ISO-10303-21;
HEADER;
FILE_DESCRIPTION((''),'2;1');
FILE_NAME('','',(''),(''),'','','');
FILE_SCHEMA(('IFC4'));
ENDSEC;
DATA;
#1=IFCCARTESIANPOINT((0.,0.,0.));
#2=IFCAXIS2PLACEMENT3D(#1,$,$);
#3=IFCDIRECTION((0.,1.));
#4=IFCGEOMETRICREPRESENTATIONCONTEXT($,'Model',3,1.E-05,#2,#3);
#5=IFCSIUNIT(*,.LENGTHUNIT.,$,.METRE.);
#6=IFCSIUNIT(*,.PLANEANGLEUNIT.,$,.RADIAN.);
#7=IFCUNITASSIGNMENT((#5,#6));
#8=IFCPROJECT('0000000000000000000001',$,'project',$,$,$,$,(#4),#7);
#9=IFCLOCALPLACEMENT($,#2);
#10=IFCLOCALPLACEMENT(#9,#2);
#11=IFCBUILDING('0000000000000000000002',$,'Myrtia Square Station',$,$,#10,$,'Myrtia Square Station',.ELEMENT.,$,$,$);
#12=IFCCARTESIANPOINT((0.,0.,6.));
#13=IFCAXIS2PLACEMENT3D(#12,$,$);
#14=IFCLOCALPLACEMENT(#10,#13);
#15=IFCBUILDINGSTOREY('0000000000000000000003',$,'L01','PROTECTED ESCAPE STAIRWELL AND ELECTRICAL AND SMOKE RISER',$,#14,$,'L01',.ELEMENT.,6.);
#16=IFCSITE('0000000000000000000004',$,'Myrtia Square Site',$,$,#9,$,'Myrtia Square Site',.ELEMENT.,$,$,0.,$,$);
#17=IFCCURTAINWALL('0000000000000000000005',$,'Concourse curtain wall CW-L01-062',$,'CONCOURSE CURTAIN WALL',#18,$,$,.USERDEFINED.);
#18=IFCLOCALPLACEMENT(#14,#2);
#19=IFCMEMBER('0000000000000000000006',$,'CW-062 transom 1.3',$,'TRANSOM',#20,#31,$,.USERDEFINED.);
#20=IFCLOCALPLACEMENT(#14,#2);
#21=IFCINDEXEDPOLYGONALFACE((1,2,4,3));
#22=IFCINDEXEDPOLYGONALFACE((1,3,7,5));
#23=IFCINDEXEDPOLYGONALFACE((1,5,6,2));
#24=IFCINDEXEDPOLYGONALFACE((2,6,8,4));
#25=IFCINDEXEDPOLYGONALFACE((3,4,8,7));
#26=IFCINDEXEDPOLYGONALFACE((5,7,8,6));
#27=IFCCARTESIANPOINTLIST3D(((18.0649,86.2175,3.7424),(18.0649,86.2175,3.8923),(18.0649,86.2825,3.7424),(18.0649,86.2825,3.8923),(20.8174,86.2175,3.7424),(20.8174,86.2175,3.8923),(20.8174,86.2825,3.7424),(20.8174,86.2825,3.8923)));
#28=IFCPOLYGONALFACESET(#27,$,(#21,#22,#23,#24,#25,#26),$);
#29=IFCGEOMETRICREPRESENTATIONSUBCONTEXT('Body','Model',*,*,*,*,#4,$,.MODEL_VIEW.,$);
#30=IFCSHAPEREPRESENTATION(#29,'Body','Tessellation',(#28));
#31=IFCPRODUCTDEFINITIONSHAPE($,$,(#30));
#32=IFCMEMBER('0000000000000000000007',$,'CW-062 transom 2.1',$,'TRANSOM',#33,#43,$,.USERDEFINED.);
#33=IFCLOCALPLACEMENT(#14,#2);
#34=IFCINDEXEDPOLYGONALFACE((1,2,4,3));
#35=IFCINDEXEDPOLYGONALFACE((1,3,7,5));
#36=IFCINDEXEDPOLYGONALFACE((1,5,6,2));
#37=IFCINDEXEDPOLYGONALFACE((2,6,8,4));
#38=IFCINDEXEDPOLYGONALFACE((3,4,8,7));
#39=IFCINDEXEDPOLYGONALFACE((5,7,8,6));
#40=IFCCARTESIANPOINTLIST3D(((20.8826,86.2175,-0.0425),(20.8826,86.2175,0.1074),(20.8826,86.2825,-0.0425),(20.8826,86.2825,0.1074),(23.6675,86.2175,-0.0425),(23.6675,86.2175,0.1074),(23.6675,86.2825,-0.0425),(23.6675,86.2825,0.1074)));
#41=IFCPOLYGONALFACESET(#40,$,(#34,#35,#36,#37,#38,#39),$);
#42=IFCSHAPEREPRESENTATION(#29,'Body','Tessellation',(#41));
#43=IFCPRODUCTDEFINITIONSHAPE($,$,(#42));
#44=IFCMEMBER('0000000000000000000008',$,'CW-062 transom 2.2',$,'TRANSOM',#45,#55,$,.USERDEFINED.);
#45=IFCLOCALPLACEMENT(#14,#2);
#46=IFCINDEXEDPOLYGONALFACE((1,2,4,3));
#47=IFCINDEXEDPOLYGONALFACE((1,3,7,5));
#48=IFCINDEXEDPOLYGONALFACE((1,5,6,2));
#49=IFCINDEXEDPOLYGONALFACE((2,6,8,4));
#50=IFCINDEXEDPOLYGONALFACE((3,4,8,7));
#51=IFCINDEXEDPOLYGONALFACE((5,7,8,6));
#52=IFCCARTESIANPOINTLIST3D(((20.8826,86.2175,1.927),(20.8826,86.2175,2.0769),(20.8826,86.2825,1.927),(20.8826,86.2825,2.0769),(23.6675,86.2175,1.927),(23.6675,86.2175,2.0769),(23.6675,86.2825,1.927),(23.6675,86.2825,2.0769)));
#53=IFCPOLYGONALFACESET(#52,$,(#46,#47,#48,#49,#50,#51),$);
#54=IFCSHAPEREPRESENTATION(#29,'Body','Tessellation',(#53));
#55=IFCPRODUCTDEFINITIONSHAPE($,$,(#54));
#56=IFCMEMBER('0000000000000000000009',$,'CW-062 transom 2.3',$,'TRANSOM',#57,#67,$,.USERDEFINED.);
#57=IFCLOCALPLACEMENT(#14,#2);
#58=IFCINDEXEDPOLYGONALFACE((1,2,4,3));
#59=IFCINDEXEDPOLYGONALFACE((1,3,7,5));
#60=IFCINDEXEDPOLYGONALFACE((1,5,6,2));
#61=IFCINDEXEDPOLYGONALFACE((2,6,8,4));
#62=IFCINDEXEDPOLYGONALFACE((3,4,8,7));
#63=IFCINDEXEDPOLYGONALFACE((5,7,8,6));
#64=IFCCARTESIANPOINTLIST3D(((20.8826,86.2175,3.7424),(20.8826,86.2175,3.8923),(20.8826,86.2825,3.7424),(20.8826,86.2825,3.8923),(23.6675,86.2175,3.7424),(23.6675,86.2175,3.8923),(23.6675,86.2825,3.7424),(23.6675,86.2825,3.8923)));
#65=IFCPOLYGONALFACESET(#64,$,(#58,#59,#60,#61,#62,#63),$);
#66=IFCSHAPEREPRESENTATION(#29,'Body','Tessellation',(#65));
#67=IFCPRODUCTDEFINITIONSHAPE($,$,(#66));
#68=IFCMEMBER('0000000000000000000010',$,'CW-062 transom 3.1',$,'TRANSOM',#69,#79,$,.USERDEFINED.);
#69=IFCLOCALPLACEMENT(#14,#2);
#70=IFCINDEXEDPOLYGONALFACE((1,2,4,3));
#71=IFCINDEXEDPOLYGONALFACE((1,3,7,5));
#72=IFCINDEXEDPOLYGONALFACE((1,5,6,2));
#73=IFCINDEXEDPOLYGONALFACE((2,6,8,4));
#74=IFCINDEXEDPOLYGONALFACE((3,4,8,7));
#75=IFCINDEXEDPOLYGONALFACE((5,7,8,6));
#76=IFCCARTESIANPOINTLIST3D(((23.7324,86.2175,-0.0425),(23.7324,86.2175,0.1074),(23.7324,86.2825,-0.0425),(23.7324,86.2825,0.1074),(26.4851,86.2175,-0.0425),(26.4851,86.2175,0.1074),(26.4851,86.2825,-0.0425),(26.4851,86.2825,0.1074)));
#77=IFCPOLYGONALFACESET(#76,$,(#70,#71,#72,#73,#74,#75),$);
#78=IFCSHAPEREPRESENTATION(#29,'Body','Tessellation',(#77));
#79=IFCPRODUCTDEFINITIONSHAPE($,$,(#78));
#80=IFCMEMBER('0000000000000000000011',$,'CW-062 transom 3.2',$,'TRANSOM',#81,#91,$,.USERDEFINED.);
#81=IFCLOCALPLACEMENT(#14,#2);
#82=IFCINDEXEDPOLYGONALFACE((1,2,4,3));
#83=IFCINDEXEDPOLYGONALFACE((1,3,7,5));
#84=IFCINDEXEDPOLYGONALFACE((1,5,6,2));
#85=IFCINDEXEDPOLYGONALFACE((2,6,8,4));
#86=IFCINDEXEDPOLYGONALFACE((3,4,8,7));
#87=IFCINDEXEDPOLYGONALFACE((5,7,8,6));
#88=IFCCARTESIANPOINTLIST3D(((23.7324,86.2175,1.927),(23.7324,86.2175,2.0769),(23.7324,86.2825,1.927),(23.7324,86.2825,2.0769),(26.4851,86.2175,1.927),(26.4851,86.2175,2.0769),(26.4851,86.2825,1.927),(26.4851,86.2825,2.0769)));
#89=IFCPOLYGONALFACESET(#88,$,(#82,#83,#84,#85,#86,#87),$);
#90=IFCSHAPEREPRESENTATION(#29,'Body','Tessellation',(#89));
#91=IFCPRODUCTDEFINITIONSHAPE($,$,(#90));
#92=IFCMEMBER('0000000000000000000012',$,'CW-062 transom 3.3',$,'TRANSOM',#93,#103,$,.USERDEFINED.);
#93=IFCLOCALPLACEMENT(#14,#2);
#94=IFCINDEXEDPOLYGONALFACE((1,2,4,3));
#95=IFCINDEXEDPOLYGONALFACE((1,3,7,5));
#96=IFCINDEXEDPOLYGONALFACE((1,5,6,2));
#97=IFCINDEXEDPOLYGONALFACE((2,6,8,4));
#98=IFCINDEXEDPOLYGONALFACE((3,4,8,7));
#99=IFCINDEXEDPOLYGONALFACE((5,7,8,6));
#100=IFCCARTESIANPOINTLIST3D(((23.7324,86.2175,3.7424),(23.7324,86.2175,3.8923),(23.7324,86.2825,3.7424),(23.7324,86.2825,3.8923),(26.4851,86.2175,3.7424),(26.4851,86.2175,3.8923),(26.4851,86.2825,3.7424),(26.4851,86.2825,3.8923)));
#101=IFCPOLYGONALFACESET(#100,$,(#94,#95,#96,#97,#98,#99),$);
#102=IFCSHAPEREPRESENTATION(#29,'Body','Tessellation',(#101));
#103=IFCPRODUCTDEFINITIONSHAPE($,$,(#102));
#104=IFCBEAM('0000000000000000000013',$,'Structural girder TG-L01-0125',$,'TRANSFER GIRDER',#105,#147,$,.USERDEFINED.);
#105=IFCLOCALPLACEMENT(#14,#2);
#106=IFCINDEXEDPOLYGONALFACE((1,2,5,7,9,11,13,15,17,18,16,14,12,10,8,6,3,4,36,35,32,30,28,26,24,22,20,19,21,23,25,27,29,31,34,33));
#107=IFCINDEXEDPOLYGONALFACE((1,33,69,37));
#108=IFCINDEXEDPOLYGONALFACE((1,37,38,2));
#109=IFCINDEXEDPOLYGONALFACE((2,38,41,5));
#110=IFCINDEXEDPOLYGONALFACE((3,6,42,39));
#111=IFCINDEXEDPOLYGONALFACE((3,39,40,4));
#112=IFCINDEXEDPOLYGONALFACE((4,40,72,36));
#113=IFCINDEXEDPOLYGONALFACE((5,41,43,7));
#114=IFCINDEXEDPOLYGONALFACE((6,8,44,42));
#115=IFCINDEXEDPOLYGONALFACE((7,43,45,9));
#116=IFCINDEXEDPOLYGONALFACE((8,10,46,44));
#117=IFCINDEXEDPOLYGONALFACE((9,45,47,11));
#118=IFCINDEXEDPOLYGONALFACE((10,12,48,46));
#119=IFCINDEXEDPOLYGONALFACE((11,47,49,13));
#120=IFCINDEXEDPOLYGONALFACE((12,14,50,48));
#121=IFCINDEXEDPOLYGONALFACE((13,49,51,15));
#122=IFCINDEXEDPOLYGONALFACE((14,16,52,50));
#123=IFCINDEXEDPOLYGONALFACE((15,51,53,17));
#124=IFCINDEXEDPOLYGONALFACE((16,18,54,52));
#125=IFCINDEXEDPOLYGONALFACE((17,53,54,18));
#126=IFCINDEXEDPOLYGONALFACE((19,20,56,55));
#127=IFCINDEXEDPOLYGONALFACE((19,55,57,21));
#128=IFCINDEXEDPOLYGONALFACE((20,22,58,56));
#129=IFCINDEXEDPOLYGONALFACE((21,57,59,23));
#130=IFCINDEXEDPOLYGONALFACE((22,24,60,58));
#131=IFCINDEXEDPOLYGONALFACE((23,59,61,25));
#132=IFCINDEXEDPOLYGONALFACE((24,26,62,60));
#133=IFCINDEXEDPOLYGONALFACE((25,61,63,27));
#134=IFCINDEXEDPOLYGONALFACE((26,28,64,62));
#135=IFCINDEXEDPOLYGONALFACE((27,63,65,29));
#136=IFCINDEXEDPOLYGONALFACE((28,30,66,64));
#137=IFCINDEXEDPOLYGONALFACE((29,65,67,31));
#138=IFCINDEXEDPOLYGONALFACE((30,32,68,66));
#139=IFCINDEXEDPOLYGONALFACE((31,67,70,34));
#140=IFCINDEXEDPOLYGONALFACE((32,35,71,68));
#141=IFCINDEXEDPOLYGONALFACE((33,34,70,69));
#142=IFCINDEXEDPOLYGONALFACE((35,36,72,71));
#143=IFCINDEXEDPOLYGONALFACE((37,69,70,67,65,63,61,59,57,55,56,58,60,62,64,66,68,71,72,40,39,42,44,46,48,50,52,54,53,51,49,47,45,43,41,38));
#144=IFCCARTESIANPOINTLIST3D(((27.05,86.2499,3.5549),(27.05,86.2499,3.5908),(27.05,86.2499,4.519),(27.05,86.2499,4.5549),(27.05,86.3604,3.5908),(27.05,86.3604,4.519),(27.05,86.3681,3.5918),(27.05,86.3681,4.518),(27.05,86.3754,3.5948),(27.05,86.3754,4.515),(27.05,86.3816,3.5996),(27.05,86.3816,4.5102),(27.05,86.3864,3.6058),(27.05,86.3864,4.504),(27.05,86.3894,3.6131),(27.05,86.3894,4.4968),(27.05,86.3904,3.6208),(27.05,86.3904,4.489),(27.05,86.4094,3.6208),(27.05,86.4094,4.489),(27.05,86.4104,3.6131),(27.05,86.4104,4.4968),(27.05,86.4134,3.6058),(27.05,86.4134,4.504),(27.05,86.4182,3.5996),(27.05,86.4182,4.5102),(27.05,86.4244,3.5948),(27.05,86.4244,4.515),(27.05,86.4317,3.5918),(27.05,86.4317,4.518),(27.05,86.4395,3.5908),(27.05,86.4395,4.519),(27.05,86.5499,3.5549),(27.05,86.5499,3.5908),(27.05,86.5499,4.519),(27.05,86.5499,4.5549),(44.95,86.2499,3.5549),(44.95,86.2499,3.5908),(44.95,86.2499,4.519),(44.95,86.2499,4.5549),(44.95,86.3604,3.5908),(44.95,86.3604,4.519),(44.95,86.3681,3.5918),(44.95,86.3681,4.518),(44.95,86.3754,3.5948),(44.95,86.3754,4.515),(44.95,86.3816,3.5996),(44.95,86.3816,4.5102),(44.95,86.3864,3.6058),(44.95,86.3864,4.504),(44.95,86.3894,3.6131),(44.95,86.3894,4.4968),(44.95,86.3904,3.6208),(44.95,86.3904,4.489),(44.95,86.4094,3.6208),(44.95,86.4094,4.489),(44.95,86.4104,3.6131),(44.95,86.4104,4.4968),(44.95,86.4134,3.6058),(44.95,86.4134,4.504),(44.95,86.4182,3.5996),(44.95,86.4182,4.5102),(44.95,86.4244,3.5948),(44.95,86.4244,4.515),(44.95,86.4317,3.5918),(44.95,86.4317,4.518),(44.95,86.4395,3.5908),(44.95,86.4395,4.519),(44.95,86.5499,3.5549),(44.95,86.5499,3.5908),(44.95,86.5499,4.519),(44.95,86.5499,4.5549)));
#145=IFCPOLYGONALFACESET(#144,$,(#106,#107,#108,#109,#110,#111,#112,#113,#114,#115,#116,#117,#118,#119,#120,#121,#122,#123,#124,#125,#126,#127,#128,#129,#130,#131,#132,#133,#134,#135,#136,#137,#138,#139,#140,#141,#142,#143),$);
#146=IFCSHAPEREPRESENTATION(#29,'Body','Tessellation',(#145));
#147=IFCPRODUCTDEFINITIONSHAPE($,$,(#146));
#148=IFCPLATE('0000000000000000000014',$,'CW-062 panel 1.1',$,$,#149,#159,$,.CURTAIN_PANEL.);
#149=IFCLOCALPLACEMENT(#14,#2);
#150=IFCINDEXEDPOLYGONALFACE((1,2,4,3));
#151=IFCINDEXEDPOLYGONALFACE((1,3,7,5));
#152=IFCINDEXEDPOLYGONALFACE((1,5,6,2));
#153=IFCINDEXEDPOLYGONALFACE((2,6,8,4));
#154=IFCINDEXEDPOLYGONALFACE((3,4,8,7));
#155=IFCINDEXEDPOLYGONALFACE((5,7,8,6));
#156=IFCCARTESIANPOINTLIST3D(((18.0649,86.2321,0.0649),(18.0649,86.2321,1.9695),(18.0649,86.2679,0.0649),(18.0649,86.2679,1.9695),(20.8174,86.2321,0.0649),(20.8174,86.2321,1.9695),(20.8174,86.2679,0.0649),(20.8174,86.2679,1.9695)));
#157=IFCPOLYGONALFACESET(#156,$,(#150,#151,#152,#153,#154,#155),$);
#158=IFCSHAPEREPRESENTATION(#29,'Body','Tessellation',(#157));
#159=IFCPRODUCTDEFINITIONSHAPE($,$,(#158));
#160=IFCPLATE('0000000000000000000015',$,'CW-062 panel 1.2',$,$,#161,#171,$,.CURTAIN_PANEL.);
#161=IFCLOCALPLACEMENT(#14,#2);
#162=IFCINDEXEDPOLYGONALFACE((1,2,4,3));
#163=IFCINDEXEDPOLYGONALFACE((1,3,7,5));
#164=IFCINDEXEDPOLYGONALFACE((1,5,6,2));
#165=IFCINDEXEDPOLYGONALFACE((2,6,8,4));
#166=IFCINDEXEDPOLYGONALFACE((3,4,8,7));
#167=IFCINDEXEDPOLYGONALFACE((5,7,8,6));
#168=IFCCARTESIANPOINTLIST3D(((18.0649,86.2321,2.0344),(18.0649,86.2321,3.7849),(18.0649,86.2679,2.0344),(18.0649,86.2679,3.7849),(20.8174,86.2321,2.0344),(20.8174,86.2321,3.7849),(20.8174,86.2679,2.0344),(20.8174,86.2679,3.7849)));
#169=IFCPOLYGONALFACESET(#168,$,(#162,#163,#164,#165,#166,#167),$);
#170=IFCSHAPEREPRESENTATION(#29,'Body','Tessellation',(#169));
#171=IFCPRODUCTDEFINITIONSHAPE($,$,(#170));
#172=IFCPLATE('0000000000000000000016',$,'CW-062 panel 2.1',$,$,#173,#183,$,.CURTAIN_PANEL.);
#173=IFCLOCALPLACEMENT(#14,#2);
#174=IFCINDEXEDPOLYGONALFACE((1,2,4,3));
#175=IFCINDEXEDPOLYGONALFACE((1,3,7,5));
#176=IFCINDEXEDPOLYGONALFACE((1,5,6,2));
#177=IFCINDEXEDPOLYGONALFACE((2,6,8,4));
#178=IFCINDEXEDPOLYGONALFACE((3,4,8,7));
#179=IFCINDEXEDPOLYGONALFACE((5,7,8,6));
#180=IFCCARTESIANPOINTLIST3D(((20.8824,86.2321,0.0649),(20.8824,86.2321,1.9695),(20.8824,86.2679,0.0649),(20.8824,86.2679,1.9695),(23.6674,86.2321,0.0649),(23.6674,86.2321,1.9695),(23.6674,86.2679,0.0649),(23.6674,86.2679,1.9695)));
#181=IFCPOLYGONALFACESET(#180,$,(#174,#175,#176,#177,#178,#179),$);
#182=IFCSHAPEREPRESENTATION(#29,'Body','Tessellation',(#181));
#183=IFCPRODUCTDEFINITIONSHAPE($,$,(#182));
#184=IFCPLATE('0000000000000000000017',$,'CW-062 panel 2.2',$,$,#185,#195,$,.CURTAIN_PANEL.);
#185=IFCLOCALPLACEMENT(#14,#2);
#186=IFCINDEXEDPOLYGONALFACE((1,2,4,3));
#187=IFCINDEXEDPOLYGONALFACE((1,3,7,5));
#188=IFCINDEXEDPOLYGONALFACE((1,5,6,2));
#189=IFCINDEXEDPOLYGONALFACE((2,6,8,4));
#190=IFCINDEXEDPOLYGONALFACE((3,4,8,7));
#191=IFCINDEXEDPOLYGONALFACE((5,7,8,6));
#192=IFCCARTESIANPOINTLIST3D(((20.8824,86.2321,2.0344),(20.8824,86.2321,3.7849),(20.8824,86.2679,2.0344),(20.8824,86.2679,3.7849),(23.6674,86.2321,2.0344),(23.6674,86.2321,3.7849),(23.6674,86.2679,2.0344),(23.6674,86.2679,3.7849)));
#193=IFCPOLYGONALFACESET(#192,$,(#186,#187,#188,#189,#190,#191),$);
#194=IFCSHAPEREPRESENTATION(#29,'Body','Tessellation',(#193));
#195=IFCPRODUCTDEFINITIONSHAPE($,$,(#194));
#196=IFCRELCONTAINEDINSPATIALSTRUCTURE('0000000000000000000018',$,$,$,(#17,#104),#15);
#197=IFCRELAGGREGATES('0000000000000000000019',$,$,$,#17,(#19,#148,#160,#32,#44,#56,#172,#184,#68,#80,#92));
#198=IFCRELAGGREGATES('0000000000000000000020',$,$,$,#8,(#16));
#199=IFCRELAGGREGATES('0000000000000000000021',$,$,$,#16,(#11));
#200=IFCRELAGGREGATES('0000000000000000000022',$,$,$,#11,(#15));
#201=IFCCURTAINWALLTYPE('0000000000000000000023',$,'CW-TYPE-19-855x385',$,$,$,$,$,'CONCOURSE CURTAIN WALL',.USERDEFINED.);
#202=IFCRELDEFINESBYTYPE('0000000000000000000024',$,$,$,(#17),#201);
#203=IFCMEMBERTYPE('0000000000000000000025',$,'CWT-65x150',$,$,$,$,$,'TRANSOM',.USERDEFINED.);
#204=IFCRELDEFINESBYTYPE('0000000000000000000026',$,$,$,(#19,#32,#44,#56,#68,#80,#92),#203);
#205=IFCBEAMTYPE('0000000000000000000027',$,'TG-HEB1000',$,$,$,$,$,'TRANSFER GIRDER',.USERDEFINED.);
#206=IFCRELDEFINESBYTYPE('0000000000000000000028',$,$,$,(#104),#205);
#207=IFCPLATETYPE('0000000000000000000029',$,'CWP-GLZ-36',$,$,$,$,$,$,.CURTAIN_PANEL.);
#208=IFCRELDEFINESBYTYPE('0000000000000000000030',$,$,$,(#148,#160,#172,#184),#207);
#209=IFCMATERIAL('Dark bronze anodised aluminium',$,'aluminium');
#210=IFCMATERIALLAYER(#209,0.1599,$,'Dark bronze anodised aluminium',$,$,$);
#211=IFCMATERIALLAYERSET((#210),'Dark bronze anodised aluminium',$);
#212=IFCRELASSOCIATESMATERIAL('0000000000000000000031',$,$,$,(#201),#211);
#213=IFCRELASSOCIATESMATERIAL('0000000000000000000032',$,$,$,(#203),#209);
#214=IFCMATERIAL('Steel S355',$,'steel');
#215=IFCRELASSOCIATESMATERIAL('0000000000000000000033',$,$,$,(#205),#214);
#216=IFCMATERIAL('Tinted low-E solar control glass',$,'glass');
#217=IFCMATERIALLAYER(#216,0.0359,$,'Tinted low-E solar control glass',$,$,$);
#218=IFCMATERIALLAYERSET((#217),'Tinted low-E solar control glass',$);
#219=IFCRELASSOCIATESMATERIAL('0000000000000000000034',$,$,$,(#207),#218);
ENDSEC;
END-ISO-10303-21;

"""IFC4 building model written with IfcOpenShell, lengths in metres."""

from ifc_helpers import new_model, si_unit, direction, frame, origin, origin_2d, place, context, subcontext, project, spatial, rectangle, i_section, extrude, material, layer, layer_set, material_profile, profile_set, type_object, element, aggregate, save


model = new_model("IFC4")

# Units and contexts
model_context = context("Model", 3, precision=1e-05, world=origin(), true_north=direction((0.0, 1.0)))
body_context = subcontext(model_context, "Body", "Model", "MODEL_VIEW")
ifc_project = project(units=[si_unit("LENGTHUNIT", "METRE"), si_unit("PLANEANGLEUNIT", "RADIAN")], contexts=[model_context])

# Site, building, storey
site_placement = place(None, origin())
site = spatial("IfcSite", under=ifc_project, at=site_placement, Name="Myrtia Square Site", LongName="Myrtia Square Site", CompositionType="ELEMENT", RefElevation=0.0)
building_placement = place(site_placement, origin())
building = spatial("IfcBuilding", under=site, at=building_placement, Name="Myrtia Square Station", LongName="Myrtia Square Station", CompositionType="ELEMENT")
storey_placement = place(building_placement, frame((0.0, 0.0, 6.0)))
storey = spatial("IfcBuildingStorey", under=building, at=storey_placement, Name="L01", Description="PROTECTED ESCAPE STAIRWELL AND ELECTRICAL AND SMOKE RISER", LongName="L01", CompositionType="ELEMENT", Elevation=6.0)

# Shared definitions
ifc_material_1 = material(Name="Steel S355", Category="steel")

# Curtain wall, members
ifc_material_2 = material(Name="Dark bronze anodised aluminium", Category="aluminium")
ifc_layer_1 = layer(ifc_material_2, 0.1599, Name="Dark bronze anodised aluminium")
ifc_layer_set_1 = layer_set([ifc_layer_1], Name="Dark bronze anodised aluminium")
curtain_wall_type = type_object("IfcCurtainWallType", Name="CW-TYPE-19-855x385", ElementType="CONCOURSE CURTAIN WALL", PredefinedType="USERDEFINED", material=ifc_layer_set_1)
curtain_wall_placement = place(storey_placement, origin())
curtain_wall = element("IfcCurtainWall", 1, at=curtain_wall_placement, inside=storey, type_object=curtain_wall_type, Name="Concourse curtain wall CW-L01-062", ObjectType="CONCOURSE CURTAIN WALL", PredefinedType="USERDEFINED")
ifc_material_profile_1 = material_profile(ifc_material_2, rectangle(XDim=0.0649, YDim=0.1499, at=origin_2d()), Name="ALU-T 65x150")
ifc_profile_set_1 = profile_set([ifc_material_profile_1], Name="Dark bronze anodised aluminium")
member_type_1 = type_object("IfcMemberType", Name="CWT-65x150", ElementType="TRANSOM", PredefinedType="USERDEFINED", material=ifc_profile_set_1)
member_1_placement = place(storey_placement, frame((18.0649, 86.25, 3.8174), z_axis=(1.0, 0.0, 0.0), x_axis=(0.0, 1.0, 0.0)))
member_1 = element("IfcMember", 2, at=member_1_placement, type_object=member_type_1, Name="CW-062 transom 1.3", ObjectType="TRANSOM", PredefinedType="USERDEFINED", context=body_context, shape_type="SweptSolid", body=[
    extrude(rectangle(XDim=0.0649, YDim=0.1499, at=origin_2d()), origin(), (0.0, 0.0, 1.0), 2.7524),
])
member_2_placement = place(storey_placement, frame((20.8826, 86.25, 0.0325), z_axis=(1.0, 0.0, 0.0), x_axis=(0.0, 1.0, 0.0)))
member_2 = element("IfcMember", 3, at=member_2_placement, type_object=member_type_1, Name="CW-062 transom 2.1", ObjectType="TRANSOM", PredefinedType="USERDEFINED", context=body_context, shape_type="SweptSolid", body=[
    extrude(rectangle(XDim=0.0649, YDim=0.1499, at=origin_2d()), origin(), (0.0, 0.0, 1.0), 2.7849),
])
member_3_placement = place(storey_placement, frame((20.8826, 86.25, 2.002), z_axis=(1.0, 0.0, 0.0), x_axis=(0.0, 1.0, 0.0)))
member_3 = element("IfcMember", 4, at=member_3_placement, type_object=member_type_1, Name="CW-062 transom 2.2", ObjectType="TRANSOM", PredefinedType="USERDEFINED", context=body_context, shape_type="SweptSolid", body=[
    extrude(rectangle(XDim=0.0649, YDim=0.1499, at=origin_2d()), origin(), (0.0, 0.0, 1.0), 2.7849),
])
member_4_placement = place(storey_placement, frame((20.8826, 86.25, 3.8174), z_axis=(1.0, 0.0, 0.0), x_axis=(0.0, 1.0, 0.0)))
member_4 = element("IfcMember", 5, at=member_4_placement, type_object=member_type_1, Name="CW-062 transom 2.3", ObjectType="TRANSOM", PredefinedType="USERDEFINED", context=body_context, shape_type="SweptSolid", body=[
    extrude(rectangle(XDim=0.0649, YDim=0.1499, at=origin_2d()), origin(), (0.0, 0.0, 1.0), 2.7849),
])
member_5_placement = place(storey_placement, frame((23.7324, 86.25, 0.0325), z_axis=(1.0, 0.0, 0.0), x_axis=(0.0, 1.0, 0.0)))
member_5 = element("IfcMember", 6, at=member_5_placement, type_object=member_type_1, Name="CW-062 transom 3.1", ObjectType="TRANSOM", PredefinedType="USERDEFINED", context=body_context, shape_type="SweptSolid", body=[
    extrude(rectangle(XDim=0.0649, YDim=0.1499, at=origin_2d()), origin(), (0.0, 0.0, 1.0), 2.7527),
])
member_6_placement = place(storey_placement, frame((23.7324, 86.25, 2.002), z_axis=(1.0, 0.0, 0.0), x_axis=(0.0, 1.0, 0.0)))
member_6 = element("IfcMember", 7, at=member_6_placement, type_object=member_type_1, Name="CW-062 transom 3.2", ObjectType="TRANSOM", PredefinedType="USERDEFINED", context=body_context, shape_type="SweptSolid", body=[
    extrude(rectangle(XDim=0.0649, YDim=0.1499, at=origin_2d()), origin(), (0.0, 0.0, 1.0), 2.7527),
])
member_7_placement = place(storey_placement, frame((23.7324, 86.25, 3.8174), z_axis=(1.0, 0.0, 0.0), x_axis=(0.0, 1.0, 0.0)))
member_7 = element("IfcMember", 8, at=member_7_placement, type_object=member_type_1, Name="CW-062 transom 3.3", ObjectType="TRANSOM", PredefinedType="USERDEFINED", context=body_context, shape_type="SweptSolid", body=[
    extrude(rectangle(XDim=0.0649, YDim=0.1499, at=origin_2d()), origin(), (0.0, 0.0, 1.0), 2.7527),
])

# Beam
ifc_material_profile_2 = material_profile(ifc_material_1, i_section(OverallWidth=0.3, OverallDepth=1.0, WebThickness=0.019, FlangeThickness=0.0359, FilletRadius=0.03, at=origin_2d()), Name="HEB 1000")
ifc_profile_set_2 = profile_set([ifc_material_profile_2], Name="Steel S355")
beam_type_1 = type_object("IfcBeamType", Name="TG-HEB1000", ElementType="TRANSFER GIRDER", PredefinedType="USERDEFINED", material=ifc_profile_set_2)
beam_1_placement = place(storey_placement, frame((27.05, 86.3999, 4.0549), z_axis=(1.0, 0.0, 0.0), x_axis=(0.0, 1.0, 0.0)))
element("IfcBeam", 9, at=beam_1_placement, inside=storey, type_object=beam_type_1, Name="Structural girder TG-L01-0125", ObjectType="TRANSFER GIRDER", PredefinedType="USERDEFINED", context=body_context, shape_type="SweptSolid", body=[
    extrude(i_section(OverallWidth=0.3, OverallDepth=1.0, WebThickness=0.019, FlangeThickness=0.0359, FilletRadius=0.03, at=origin_2d()), origin(), (0.0, 0.0, 1.0), 17.8999),
])

# Plates
ifc_material_3 = material(Name="Tinted low-E solar control glass", Category="glass")
ifc_layer_2 = layer(ifc_material_3, 0.0359, Name="Tinted low-E solar control glass")
ifc_layer_set_2 = layer_set([ifc_layer_2], Name="Tinted low-E solar control glass")
plate_type_1 = type_object("IfcPlateType", Name="CWP-GLZ-36", PredefinedType="CURTAIN_PANEL", material=ifc_layer_set_2)
plate_1_placement = place(storey_placement, frame((19.4412, 86.25, 0.0649), z_axis=(0.0, 0.0, 1.0), x_axis=(1.0, 0.0, 0.0)))
plate_1 = element("IfcPlate", 10, at=plate_1_placement, type_object=plate_type_1, Name="CW-062 panel 1.1", PredefinedType="CURTAIN_PANEL", context=body_context, shape_type="SweptSolid", body=[
    extrude(rectangle(XDim=2.7524, YDim=0.0359, at=origin_2d()), origin(), (0.0, 0.0, 1.0), 1.9045),
])
plate_2_placement = place(storey_placement, frame((19.4412, 86.25, 2.0344), z_axis=(0.0, 0.0, 1.0), x_axis=(1.0, 0.0, 0.0)))
plate_2 = element("IfcPlate", 11, at=plate_2_placement, type_object=plate_type_1, Name="CW-062 panel 1.2", PredefinedType="CURTAIN_PANEL", context=body_context, shape_type="SweptSolid", body=[
    extrude(rectangle(XDim=2.7524, YDim=0.0359, at=origin_2d()), origin(), (0.0, 0.0, 1.0), 1.7505),
])
plate_3_placement = place(storey_placement, frame((22.2749, 86.25, 0.0649), z_axis=(0.0, 0.0, 1.0), x_axis=(1.0, 0.0, 0.0)))
plate_3 = element("IfcPlate", 12, at=plate_3_placement, type_object=plate_type_1, Name="CW-062 panel 2.1", PredefinedType="CURTAIN_PANEL", context=body_context, shape_type="SweptSolid", body=[
    extrude(rectangle(XDim=2.7849, YDim=0.0359, at=origin_2d()), origin(), (0.0, 0.0, 1.0), 1.9045),
])
plate_4_placement = place(storey_placement, frame((22.2749, 86.25, 2.0344), z_axis=(0.0, 0.0, 1.0), x_axis=(1.0, 0.0, 0.0)))
plate_4 = element("IfcPlate", 13, at=plate_4_placement, type_object=plate_type_1, Name="CW-062 panel 2.2", PredefinedType="CURTAIN_PANEL", context=body_context, shape_type="SweptSolid", body=[
    extrude(rectangle(XDim=2.7849, YDim=0.0359, at=origin_2d()), origin(), (0.0, 0.0, 1.0), 1.7505),
])
aggregate(curtain_wall, [member_1, plate_1, plate_2, member_2, member_3, member_4, plate_3, plate_4, member_5, member_6, member_7])

save(model, "model.ifc")
